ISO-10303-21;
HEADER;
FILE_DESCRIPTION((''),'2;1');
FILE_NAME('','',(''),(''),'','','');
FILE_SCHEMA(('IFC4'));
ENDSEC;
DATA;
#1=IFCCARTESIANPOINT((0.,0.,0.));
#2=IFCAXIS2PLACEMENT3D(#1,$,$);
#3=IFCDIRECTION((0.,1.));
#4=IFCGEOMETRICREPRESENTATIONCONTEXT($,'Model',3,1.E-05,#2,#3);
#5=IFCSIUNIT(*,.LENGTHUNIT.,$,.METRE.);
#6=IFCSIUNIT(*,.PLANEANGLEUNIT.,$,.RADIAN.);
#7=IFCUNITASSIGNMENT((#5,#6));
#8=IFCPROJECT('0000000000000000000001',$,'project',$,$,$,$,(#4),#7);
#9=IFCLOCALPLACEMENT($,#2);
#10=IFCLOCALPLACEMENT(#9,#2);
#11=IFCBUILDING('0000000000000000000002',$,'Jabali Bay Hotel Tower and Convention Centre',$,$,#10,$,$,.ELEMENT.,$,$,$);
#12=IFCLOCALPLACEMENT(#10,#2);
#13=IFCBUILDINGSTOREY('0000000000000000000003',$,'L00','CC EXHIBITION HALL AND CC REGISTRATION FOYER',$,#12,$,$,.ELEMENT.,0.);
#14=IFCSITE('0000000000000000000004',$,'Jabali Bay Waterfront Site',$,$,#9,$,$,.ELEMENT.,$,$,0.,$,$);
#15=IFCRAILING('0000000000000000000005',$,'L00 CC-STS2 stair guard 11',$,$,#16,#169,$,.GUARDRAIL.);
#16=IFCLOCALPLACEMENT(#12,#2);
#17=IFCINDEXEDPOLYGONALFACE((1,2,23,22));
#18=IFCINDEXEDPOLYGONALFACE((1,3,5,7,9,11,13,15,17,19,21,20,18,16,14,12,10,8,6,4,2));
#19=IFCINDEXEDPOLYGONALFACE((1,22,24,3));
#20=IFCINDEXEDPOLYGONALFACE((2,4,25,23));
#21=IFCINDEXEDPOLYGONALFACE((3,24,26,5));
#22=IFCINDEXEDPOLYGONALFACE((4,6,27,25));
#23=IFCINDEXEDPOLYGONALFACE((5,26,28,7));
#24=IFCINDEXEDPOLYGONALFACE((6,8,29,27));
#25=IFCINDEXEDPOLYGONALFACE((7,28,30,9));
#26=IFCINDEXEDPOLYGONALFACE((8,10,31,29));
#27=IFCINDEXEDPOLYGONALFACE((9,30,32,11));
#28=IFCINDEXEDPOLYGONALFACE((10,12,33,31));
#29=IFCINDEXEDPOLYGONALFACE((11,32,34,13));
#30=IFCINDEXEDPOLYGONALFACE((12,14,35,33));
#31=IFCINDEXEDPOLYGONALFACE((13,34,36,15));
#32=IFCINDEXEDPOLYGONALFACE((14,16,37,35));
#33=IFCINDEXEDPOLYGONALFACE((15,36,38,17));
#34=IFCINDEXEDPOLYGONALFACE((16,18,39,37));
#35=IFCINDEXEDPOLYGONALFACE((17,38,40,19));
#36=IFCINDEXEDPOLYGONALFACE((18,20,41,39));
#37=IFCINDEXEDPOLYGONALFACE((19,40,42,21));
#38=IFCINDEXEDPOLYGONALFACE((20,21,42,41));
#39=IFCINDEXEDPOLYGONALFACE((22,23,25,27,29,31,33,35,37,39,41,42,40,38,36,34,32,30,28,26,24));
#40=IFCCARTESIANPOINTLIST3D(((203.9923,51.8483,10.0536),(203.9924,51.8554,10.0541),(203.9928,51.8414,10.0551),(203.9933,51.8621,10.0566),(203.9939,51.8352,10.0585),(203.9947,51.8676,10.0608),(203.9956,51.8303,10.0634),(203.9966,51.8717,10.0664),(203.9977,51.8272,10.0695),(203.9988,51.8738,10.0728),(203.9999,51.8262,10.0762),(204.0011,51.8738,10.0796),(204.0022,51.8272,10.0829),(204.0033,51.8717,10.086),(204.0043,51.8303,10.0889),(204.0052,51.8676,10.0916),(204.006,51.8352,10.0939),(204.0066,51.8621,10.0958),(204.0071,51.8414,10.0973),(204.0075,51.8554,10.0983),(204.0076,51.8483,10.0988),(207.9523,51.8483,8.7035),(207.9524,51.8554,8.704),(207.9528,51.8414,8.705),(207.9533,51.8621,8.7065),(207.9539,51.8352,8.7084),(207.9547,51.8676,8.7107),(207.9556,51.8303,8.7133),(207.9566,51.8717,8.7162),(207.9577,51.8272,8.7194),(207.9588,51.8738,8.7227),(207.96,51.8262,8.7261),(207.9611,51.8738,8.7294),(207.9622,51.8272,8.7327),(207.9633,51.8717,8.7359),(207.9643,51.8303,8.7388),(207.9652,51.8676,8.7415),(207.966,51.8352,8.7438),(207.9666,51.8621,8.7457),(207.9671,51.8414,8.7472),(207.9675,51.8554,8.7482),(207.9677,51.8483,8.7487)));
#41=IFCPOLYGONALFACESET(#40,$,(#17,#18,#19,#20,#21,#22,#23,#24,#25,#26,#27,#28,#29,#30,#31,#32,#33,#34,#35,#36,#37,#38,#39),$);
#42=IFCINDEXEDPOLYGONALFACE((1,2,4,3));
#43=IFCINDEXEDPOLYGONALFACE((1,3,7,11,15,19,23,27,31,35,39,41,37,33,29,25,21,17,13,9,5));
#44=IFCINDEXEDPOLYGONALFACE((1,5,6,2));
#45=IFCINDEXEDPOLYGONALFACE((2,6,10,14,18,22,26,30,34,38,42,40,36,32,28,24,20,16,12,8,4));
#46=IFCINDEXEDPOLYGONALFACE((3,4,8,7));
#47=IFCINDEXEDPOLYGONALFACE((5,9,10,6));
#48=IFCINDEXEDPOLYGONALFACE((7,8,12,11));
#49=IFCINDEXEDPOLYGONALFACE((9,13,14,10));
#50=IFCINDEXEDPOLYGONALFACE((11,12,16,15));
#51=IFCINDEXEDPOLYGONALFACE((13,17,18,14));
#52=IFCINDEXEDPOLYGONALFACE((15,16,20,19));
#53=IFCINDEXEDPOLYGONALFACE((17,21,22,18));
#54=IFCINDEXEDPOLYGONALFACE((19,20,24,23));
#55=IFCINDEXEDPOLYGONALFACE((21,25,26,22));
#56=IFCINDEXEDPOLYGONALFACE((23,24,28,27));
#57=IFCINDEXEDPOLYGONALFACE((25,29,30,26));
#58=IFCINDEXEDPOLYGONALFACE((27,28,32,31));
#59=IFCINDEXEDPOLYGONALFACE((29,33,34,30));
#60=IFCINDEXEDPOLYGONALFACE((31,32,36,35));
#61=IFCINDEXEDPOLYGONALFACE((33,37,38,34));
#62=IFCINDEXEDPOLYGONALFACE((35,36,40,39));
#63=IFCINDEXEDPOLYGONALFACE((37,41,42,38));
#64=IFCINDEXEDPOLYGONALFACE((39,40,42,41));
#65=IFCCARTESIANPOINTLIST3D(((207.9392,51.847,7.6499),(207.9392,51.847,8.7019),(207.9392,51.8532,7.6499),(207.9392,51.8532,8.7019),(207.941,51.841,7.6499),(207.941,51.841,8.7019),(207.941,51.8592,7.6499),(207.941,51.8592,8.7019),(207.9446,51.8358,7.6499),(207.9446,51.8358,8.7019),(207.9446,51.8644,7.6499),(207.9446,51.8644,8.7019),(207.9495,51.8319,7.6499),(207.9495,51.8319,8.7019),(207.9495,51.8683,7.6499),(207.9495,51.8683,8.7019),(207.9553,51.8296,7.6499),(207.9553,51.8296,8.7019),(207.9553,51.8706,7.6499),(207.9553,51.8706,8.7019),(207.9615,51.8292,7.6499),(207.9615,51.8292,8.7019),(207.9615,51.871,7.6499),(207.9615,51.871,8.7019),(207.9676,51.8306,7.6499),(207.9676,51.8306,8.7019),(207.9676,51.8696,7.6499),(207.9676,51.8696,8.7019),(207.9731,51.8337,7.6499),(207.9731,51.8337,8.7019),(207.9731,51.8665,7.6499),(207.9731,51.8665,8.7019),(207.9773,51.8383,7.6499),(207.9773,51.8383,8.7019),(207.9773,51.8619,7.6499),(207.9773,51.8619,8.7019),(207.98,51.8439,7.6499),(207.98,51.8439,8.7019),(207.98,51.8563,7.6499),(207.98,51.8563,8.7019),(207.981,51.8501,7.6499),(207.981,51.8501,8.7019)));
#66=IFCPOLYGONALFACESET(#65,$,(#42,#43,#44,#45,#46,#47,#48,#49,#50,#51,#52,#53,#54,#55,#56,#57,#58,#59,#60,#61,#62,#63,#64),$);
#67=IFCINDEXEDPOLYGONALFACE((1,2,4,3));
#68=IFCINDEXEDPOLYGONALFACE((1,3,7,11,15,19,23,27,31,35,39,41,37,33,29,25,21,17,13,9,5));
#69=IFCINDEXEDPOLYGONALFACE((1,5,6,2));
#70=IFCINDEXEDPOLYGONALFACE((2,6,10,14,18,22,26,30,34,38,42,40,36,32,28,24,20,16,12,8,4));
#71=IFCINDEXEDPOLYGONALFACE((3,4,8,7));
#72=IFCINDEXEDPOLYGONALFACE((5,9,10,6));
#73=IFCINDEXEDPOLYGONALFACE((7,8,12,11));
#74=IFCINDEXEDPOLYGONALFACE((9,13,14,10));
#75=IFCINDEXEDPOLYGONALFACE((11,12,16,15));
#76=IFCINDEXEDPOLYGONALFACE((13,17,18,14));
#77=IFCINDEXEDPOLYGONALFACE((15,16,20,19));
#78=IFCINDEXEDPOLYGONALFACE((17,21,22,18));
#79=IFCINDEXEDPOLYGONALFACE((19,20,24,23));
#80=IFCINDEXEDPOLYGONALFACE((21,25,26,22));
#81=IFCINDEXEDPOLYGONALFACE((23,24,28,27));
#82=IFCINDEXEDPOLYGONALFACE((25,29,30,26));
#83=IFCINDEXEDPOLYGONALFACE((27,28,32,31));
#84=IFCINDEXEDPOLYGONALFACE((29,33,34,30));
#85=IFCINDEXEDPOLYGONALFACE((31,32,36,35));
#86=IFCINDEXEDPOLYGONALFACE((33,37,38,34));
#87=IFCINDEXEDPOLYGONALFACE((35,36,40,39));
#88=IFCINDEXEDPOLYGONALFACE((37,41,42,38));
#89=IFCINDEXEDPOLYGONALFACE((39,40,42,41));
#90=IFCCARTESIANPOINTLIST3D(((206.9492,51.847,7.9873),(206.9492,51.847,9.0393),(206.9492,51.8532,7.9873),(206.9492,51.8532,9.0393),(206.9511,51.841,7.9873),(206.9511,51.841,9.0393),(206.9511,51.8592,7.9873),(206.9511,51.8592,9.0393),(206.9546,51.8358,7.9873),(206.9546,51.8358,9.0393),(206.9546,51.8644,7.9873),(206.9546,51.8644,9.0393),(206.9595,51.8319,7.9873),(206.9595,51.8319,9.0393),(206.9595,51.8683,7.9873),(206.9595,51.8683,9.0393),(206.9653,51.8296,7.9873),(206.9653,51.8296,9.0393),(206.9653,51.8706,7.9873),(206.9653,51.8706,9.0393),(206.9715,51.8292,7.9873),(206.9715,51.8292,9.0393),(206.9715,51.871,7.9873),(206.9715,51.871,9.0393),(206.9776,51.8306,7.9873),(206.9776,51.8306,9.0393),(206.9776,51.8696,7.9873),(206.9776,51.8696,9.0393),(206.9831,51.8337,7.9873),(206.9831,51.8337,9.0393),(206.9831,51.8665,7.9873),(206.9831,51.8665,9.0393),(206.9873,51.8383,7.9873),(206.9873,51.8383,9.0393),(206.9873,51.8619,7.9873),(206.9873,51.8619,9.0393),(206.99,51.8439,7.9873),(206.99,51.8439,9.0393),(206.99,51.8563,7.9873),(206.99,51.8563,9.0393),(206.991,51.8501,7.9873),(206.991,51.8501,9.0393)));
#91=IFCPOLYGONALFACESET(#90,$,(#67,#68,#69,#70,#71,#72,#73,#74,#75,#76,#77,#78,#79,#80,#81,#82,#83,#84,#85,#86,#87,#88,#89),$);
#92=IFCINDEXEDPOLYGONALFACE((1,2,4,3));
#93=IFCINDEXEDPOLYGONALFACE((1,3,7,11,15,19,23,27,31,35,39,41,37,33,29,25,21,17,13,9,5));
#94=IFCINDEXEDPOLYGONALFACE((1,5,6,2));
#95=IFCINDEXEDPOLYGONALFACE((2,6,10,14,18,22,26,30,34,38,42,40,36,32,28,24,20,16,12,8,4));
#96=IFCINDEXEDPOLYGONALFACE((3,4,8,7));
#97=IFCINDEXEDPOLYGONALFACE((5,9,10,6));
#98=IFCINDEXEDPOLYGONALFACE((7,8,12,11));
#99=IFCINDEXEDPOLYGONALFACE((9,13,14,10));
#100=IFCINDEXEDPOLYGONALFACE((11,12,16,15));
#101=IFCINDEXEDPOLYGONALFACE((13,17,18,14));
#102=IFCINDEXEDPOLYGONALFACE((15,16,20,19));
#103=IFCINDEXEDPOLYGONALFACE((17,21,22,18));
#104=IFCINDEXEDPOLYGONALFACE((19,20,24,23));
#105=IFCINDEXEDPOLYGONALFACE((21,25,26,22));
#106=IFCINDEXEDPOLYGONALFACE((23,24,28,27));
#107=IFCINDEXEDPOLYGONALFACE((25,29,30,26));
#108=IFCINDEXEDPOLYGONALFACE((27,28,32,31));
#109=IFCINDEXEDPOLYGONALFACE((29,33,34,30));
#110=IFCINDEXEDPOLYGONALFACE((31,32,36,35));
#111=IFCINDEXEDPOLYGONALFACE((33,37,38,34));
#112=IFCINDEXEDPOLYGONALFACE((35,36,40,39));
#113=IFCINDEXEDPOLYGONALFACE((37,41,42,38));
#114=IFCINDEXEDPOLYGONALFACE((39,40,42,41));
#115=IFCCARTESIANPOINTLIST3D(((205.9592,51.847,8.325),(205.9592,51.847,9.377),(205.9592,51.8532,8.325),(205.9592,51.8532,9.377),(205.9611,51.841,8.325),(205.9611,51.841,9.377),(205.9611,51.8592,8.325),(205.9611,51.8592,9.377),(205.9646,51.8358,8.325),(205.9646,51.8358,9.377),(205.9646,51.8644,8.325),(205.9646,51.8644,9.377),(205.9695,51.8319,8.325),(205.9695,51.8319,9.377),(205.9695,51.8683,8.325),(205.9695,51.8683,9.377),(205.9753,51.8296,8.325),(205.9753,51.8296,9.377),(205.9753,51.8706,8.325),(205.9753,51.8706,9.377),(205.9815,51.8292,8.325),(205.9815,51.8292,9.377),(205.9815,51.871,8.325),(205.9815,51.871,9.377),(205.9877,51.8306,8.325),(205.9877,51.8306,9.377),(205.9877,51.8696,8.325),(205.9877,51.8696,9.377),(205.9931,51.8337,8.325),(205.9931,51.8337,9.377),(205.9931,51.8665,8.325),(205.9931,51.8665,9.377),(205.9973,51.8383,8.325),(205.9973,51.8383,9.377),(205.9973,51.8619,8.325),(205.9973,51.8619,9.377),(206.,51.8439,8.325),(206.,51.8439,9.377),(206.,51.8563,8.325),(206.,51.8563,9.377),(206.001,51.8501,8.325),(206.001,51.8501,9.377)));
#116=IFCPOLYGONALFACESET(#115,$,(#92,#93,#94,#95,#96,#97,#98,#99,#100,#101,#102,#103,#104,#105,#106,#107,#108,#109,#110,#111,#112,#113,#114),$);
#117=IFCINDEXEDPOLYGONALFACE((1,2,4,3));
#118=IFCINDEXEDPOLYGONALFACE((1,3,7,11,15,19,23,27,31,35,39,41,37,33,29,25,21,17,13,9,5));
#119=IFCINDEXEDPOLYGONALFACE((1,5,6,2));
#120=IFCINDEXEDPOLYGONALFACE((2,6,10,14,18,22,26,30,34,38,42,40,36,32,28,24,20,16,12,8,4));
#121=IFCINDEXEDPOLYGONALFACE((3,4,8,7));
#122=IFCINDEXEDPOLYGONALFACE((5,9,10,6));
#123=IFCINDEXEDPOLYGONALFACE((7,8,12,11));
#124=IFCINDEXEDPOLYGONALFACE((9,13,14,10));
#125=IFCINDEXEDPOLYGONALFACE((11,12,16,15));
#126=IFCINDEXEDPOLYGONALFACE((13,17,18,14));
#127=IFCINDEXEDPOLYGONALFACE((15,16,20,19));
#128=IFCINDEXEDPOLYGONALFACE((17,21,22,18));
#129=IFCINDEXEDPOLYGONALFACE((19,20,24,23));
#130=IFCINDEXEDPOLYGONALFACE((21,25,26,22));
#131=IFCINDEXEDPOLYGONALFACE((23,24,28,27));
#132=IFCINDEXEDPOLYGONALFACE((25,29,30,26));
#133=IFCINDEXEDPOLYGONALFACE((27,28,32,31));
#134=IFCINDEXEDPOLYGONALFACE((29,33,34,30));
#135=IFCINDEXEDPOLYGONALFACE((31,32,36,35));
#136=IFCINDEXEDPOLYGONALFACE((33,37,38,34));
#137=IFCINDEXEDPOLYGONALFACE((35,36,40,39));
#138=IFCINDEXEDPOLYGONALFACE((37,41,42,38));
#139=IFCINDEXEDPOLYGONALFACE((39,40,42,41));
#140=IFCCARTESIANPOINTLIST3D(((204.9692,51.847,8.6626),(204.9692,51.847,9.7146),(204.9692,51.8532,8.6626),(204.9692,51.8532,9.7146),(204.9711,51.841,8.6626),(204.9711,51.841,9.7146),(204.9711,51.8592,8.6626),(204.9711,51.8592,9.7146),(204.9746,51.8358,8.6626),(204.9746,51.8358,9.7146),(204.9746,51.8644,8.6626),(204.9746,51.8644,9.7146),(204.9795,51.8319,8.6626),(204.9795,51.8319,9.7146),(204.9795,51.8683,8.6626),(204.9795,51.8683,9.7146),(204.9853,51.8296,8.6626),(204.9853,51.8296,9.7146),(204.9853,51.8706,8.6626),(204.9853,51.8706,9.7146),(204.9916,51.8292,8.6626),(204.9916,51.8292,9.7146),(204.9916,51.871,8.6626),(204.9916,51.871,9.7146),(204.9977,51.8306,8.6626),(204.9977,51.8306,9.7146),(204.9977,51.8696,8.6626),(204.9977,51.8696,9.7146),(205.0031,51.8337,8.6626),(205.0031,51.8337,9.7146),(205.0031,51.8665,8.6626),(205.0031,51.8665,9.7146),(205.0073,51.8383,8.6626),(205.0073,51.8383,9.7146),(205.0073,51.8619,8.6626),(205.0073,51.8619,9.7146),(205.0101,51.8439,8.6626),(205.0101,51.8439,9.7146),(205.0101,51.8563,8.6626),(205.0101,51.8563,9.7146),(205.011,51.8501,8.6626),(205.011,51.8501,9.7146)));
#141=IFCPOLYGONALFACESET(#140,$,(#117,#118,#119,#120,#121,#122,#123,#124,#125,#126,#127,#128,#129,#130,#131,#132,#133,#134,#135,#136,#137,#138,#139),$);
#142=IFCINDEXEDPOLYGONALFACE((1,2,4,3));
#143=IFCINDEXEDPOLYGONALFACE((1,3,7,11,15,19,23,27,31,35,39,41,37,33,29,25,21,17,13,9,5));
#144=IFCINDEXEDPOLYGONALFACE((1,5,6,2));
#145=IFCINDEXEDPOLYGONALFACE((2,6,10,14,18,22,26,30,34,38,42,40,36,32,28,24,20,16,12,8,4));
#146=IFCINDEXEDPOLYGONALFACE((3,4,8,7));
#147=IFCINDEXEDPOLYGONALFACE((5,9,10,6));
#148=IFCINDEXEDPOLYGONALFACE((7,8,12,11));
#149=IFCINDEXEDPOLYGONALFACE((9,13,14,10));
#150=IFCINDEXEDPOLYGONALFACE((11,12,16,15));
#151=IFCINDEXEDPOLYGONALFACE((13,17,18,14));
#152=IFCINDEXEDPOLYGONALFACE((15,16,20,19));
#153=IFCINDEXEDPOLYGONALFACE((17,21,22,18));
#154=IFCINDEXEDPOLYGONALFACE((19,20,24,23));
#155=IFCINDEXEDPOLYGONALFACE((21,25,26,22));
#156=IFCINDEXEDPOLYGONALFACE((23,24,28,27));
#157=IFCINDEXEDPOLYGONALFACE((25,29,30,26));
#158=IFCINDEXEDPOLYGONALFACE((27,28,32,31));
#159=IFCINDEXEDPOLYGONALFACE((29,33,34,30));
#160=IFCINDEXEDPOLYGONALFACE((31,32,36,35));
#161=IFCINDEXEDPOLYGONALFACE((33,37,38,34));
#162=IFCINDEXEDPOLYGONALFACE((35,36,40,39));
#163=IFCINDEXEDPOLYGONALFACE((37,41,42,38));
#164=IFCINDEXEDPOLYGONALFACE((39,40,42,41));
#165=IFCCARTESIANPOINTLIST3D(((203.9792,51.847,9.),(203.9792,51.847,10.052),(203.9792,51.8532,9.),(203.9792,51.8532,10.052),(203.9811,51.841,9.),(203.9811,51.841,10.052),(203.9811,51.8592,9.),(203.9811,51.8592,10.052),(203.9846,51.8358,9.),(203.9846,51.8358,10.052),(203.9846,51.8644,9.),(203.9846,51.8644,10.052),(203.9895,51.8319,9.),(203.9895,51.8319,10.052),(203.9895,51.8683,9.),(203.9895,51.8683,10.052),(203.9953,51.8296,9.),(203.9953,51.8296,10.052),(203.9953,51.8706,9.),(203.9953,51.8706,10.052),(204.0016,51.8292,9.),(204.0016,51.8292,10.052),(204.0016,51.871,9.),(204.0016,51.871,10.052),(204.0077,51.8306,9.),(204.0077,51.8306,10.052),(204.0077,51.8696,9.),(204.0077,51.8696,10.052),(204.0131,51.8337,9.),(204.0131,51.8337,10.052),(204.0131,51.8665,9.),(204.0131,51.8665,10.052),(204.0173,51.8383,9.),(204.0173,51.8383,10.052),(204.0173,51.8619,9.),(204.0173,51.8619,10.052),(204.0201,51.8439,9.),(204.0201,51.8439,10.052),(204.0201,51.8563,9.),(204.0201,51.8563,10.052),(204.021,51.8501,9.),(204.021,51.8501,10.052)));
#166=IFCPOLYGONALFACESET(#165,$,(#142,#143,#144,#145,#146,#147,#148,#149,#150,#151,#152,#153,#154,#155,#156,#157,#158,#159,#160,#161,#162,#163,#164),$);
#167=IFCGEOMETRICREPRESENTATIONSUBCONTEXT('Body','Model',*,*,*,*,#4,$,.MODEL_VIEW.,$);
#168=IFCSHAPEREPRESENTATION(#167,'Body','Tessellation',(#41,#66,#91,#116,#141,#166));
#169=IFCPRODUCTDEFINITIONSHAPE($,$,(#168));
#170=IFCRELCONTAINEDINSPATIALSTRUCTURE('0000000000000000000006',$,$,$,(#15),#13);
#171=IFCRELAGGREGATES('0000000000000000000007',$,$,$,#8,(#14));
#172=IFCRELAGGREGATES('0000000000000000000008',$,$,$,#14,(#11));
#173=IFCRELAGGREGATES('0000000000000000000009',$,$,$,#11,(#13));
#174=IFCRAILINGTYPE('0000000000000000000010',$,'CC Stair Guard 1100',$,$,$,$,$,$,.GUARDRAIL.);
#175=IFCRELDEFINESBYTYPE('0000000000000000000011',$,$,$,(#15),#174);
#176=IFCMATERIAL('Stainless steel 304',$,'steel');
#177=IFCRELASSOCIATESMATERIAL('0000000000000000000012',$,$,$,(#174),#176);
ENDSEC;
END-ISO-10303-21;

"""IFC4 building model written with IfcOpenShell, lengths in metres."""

from ifc_helpers import new_model, si_unit, direction, frame, origin, origin_2d, place, context, subcontext, project, spatial, circle, extrude, material, type_object, element, save


model = new_model("IFC4")

# Units and contexts
model_context = context("Model", 3, precision=1e-05, world=origin(), true_north=direction((0.0, 1.0)))
body_context = subcontext(model_context, "Body", "Model", "MODEL_VIEW")
ifc_project = project(units=[si_unit("LENGTHUNIT", "METRE"), si_unit("PLANEANGLEUNIT", "RADIAN")], contexts=[model_context])

# Site, building, storey
site_placement = place(None, origin())
site = spatial("IfcSite", under=ifc_project, at=site_placement, Name="Jabali Bay Waterfront Site", CompositionType="ELEMENT", RefElevation=0.0)
building_placement = place(site_placement, origin())
building = spatial("IfcBuilding", under=site, at=building_placement, Name="Jabali Bay Hotel Tower and Convention Centre", CompositionType="ELEMENT")
storey_placement = place(building_placement, origin())
storey = spatial("IfcBuildingStorey", under=building, at=storey_placement, Name="L00", Description="CC EXHIBITION HALL AND CC REGISTRATION FOYER", CompositionType="ELEMENT", Elevation=0.0)

# Railing
ifc_material_1 = material(Name="Stainless steel 304", Category="steel")
railing_type_1 = type_object("IfcRailingType", Name="CC Stair Guard 1100", PredefinedType="GUARDRAIL", material=ifc_material_1)
railing_1_placement = place(storey_placement, frame((207.96, 51.8501, 7.6499)))
element("IfcRailing", 1, at=railing_1_placement, inside=storey, type_object=railing_type_1, Name="L00 CC-STS2 stair guard 11", PredefinedType="GUARDRAIL", context=body_context, shape_type="SweptSolid", body=[
    extrude(circle(Radius=0.0239, at=origin_2d()), frame((0.0, 0.0, 1.0762), z_axis=(-0.946502, 0.0, 0.322698), x_axis=(0.0, -1.0, 0.0)), (0.0, 0.0, 1.0), 4.1838),
    extrude(circle(Radius=0.021, at=origin_2d()), origin(), (0.0, 0.0, 1.0), 1.052),
    extrude(circle(Radius=0.021, at=origin_2d()), frame((-0.99, 0.0, 0.3374)), (0.0, 0.0, 1.0), 1.052),
    extrude(circle(Radius=0.021, at=origin_2d()), frame((-1.98, 0.0, 0.675)), (0.0, 0.0, 1.0), 1.052),
    extrude(circle(Radius=0.021, at=origin_2d()), frame((-2.97, 0.0, 1.0127)), (0.0, 0.0, 1.0), 1.052),
    extrude(circle(Radius=0.021, at=origin_2d()), frame((-3.96, 0.0, 1.3501)), (0.0, 0.0, 1.0), 1.052),
])

save(model, "model.ifc")
